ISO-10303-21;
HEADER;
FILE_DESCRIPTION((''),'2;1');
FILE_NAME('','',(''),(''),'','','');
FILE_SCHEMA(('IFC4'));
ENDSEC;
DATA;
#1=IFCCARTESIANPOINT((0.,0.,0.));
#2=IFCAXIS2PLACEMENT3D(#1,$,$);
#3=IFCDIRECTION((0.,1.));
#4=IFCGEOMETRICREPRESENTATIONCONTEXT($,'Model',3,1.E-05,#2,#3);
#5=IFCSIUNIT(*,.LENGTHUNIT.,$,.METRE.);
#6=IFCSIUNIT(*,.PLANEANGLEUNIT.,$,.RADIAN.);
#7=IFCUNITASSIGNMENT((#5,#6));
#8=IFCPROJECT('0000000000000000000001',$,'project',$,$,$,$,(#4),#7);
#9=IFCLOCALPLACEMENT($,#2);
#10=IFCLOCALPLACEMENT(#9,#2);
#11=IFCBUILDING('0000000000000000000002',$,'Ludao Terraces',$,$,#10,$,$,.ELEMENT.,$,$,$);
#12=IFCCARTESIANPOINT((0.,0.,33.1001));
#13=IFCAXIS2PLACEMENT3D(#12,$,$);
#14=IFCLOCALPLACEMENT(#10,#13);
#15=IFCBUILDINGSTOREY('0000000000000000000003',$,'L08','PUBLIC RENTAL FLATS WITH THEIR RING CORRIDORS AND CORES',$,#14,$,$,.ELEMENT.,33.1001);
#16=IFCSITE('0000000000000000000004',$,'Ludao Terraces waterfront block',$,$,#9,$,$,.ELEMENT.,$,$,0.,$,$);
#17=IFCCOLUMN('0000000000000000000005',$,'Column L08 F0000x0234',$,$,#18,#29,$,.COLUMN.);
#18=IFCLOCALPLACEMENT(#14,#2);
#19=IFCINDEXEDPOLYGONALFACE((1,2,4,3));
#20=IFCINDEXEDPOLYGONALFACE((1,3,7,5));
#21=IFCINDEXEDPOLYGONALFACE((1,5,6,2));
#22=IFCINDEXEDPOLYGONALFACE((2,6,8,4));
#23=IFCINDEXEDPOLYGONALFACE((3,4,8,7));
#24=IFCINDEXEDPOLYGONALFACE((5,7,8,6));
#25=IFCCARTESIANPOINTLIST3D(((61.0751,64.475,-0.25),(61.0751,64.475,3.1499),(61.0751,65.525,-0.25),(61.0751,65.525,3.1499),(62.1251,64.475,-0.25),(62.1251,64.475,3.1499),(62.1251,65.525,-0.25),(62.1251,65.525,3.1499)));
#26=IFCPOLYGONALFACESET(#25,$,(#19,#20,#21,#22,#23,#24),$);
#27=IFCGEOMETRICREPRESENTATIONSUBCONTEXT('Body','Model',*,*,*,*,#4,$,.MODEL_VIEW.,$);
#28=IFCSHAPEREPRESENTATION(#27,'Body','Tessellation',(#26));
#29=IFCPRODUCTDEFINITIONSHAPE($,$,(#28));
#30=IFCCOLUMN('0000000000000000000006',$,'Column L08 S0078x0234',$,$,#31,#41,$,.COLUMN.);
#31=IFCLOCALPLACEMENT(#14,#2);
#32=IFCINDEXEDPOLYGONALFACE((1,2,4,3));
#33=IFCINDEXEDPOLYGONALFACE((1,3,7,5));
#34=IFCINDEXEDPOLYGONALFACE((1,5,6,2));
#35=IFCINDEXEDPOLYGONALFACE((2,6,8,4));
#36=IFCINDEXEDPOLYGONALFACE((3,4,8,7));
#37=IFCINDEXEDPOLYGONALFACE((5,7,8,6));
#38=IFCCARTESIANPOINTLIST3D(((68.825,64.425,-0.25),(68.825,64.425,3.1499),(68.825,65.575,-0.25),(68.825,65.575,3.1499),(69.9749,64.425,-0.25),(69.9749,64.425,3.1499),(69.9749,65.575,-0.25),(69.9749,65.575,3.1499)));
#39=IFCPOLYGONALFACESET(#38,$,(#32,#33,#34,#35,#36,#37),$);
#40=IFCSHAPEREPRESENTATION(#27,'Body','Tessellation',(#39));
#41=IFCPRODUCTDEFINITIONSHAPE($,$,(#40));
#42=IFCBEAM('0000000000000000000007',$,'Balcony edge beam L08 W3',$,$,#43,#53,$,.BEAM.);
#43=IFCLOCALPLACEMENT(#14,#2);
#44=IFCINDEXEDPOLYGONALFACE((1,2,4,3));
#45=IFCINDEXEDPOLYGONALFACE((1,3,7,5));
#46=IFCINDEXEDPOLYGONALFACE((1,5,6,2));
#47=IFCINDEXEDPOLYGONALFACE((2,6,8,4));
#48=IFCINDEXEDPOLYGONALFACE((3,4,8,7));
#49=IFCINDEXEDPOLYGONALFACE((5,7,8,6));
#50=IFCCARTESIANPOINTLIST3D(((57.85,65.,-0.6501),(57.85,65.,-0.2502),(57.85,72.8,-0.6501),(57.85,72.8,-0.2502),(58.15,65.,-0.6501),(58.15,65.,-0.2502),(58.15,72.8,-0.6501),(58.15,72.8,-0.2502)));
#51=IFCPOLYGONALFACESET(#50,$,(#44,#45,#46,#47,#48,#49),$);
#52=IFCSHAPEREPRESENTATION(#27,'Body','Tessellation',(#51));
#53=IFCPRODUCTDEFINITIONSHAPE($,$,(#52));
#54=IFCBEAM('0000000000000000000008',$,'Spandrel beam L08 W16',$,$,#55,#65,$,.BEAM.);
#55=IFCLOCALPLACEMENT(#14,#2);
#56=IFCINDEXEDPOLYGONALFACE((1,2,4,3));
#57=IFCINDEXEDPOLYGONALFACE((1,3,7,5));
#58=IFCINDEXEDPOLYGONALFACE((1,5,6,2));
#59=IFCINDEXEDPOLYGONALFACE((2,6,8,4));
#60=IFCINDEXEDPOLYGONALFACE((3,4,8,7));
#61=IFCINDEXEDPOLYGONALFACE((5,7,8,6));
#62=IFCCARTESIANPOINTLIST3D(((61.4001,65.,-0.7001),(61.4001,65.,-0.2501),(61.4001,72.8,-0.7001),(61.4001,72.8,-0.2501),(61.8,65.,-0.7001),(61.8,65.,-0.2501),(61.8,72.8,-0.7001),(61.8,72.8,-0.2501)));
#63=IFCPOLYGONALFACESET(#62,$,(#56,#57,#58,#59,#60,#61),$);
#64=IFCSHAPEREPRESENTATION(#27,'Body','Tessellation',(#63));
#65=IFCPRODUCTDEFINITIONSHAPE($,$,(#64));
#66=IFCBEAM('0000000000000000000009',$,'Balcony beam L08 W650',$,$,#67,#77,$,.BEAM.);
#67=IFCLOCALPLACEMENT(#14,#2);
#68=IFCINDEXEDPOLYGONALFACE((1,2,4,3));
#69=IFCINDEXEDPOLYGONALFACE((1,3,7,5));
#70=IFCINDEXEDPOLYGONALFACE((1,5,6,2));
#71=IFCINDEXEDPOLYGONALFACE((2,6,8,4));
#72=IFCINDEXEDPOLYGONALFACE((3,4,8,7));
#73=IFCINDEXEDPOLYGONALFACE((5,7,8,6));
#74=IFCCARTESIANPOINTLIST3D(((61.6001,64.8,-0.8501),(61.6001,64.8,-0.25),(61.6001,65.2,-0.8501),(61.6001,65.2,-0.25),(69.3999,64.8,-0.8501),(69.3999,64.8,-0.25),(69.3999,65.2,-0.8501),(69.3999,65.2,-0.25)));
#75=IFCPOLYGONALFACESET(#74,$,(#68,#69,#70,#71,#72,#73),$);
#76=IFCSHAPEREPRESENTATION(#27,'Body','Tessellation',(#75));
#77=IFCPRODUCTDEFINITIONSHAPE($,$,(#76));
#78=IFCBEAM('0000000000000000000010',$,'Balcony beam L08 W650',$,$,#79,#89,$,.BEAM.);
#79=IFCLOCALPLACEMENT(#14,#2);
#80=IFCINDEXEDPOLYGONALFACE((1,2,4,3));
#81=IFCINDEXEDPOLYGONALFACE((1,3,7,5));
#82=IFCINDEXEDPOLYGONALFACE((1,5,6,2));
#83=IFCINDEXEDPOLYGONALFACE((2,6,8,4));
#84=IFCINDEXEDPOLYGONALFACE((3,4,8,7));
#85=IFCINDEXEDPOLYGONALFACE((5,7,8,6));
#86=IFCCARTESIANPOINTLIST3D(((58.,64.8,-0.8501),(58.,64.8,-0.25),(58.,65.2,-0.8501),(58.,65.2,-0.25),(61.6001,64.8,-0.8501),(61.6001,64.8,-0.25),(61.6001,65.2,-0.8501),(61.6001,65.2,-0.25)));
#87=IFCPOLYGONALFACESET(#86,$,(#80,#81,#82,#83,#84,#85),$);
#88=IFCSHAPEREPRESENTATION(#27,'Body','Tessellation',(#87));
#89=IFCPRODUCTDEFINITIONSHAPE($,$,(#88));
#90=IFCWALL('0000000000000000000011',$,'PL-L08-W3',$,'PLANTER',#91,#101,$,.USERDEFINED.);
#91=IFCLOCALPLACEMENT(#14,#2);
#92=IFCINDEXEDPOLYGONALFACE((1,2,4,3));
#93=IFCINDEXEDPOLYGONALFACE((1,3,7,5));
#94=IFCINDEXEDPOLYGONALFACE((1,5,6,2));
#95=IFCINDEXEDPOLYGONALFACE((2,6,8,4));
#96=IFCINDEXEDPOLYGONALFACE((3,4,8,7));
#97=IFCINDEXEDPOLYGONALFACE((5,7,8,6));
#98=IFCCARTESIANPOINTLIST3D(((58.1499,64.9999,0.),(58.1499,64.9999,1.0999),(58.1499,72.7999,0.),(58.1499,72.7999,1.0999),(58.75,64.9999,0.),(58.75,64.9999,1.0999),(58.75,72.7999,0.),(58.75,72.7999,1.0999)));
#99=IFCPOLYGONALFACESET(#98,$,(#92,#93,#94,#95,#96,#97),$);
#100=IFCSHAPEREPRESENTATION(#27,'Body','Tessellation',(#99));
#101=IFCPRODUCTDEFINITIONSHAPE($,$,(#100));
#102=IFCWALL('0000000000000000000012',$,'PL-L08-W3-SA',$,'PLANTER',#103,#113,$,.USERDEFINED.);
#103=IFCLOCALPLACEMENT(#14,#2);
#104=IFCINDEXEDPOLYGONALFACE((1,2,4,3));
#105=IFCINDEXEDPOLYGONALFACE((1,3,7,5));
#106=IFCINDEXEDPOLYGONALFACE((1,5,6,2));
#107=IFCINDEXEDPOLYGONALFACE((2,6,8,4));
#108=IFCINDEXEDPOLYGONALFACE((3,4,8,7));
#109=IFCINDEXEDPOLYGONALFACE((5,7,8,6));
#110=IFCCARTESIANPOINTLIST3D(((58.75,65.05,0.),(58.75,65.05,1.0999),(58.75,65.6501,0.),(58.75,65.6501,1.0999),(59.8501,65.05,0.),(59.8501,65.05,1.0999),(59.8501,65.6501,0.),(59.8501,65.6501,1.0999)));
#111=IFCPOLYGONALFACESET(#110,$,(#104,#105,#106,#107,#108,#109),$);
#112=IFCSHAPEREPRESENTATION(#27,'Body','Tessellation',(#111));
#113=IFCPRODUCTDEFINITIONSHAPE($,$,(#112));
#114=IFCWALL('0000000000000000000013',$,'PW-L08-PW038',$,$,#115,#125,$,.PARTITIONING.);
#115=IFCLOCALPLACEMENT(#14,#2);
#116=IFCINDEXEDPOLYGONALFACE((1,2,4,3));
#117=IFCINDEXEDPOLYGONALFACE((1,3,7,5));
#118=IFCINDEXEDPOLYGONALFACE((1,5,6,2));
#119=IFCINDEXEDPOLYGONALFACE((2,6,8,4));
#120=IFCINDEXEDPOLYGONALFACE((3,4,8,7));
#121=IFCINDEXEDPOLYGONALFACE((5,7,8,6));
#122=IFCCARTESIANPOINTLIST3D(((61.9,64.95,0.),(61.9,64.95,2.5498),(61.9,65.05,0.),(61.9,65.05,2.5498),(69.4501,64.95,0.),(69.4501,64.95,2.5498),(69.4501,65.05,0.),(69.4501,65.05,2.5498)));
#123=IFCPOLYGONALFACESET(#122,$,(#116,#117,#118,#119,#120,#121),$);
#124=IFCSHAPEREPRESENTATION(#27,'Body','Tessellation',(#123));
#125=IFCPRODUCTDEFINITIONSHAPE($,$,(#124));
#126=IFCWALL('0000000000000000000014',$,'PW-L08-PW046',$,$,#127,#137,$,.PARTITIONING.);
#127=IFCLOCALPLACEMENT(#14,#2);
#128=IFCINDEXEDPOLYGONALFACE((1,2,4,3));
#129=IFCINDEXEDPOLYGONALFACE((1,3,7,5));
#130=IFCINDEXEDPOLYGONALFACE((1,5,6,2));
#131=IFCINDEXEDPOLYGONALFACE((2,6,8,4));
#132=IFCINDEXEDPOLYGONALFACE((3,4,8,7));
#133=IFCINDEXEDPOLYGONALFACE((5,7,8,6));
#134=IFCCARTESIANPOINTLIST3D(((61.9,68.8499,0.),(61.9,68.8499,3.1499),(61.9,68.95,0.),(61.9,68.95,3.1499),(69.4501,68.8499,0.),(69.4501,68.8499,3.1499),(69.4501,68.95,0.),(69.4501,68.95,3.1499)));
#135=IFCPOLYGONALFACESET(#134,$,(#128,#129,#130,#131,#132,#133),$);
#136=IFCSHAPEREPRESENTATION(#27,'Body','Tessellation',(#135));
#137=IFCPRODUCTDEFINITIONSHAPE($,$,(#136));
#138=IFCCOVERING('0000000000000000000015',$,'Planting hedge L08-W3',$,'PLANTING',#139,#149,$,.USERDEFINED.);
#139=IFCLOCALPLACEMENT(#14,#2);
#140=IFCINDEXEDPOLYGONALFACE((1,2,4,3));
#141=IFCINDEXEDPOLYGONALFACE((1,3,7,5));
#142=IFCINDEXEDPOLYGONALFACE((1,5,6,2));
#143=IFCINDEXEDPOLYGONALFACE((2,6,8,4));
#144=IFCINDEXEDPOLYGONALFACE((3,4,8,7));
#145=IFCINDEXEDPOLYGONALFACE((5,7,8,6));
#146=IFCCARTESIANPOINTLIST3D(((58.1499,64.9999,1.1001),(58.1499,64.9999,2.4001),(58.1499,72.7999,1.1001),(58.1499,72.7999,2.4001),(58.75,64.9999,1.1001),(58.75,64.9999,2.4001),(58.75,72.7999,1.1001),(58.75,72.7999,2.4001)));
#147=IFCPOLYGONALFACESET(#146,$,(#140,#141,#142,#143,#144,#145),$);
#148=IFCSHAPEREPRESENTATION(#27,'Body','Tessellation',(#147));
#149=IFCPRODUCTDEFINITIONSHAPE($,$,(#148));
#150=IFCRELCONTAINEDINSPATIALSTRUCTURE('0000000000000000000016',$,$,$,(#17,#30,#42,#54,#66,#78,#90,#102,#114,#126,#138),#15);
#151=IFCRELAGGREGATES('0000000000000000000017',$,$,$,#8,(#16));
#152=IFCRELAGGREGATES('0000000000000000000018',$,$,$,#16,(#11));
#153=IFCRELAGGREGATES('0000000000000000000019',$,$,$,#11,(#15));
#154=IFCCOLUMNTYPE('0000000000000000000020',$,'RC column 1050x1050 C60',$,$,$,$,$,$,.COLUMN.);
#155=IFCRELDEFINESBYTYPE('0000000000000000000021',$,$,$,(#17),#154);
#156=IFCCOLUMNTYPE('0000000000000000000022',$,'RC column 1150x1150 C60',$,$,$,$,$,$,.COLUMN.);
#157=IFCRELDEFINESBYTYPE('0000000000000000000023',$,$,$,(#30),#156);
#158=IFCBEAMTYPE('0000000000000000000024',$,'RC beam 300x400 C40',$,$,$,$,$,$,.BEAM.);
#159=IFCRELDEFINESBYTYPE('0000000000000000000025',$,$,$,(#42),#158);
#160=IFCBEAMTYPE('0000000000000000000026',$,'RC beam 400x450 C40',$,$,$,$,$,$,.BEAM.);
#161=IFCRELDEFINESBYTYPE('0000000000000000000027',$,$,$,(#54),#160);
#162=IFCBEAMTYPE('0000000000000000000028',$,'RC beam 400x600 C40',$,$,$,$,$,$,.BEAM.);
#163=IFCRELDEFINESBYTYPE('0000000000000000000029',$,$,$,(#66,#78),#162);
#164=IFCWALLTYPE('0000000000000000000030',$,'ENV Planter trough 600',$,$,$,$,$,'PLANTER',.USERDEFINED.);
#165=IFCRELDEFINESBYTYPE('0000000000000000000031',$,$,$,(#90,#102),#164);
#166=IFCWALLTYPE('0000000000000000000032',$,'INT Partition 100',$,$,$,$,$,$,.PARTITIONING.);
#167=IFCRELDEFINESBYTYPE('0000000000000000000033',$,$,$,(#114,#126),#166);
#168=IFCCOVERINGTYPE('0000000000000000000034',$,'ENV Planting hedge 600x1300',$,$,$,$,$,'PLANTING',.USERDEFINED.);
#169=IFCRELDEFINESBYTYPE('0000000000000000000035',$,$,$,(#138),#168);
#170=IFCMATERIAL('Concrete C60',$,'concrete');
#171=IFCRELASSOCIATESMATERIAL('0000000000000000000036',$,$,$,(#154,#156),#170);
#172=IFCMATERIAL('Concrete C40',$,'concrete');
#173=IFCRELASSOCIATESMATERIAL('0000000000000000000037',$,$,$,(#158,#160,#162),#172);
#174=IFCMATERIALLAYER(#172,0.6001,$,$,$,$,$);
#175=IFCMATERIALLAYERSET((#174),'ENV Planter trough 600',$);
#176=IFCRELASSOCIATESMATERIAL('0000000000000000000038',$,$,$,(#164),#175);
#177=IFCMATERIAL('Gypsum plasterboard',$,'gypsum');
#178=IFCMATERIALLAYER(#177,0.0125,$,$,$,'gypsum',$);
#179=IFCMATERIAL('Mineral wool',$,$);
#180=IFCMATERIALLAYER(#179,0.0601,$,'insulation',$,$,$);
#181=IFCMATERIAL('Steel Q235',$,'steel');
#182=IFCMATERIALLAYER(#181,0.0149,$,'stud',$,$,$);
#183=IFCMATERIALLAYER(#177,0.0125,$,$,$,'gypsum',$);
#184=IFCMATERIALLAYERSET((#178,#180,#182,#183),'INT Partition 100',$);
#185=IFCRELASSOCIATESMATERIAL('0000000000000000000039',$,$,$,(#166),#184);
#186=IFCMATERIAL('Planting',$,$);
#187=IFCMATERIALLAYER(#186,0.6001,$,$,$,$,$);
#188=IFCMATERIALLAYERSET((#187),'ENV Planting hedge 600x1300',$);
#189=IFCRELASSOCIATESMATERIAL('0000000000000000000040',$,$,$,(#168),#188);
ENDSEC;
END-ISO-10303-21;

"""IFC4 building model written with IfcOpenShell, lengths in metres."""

from ifc_helpers import new_model, si_unit, direction, frame, frame_2d, origin, origin_2d, place, context, subcontext, project, spatial, rectangle, extrude, material, layer, layer_set, material_profile, profile_set, type_object, element, save


model = new_model("IFC4")

# Units and contexts
model_context = context("Model", 3, precision=1e-05, world=origin(), true_north=direction((0.0, 1.0)))
body_context = subcontext(model_context, "Body", "Model", "MODEL_VIEW")
ifc_project = project(units=[si_unit("LENGTHUNIT", "METRE"), si_unit("PLANEANGLEUNIT", "RADIAN")], contexts=[model_context])

# Site, building, storey
site_placement = place(None, origin())
site = spatial("IfcSite", under=ifc_project, at=site_placement, Name="Ludao Terraces waterfront block", CompositionType="ELEMENT", RefElevation=0.0)
building_placement = place(site_placement, origin())
building = spatial("IfcBuilding", under=site, at=building_placement, Name="Ludao Terraces", CompositionType="ELEMENT")
storey_placement = place(building_placement, frame((0.0, 0.0, 33.1001)))
storey = spatial("IfcBuildingStorey", under=building, at=storey_placement, Name="L08", Description="PUBLIC RENTAL FLATS WITH THEIR RING CORRIDORS AND CORES", CompositionType="ELEMENT", Elevation=33.1001)

# Columns
ifc_material_1 = material(Name="Concrete C60", Category="concrete")
ifc_material_profile_1 = material_profile(ifc_material_1, rectangle(XDim=1.05, YDim=1.05, at=origin_2d()), Name="1050 X 1050")
ifc_profile_set_1 = profile_set([ifc_material_profile_1], Name="Concrete C60")
column_type_1 = type_object("IfcColumnType", Name="RC column 1050x1050 C60", PredefinedType="COLUMN", material=ifc_profile_set_1)
column_1_placement = place(storey_placement, frame((61.6001, 65.0, -0.25), z_axis=(0.0, 0.0, 1.0), x_axis=(1.0, 0.0, 0.0)))
element("IfcColumn", 1, at=column_1_placement, inside=storey, type_object=column_type_1, Name="Column L08 F0000x0234", PredefinedType="COLUMN", context=body_context, shape_type="SweptSolid", body=[
    extrude(rectangle(XDim=1.05, YDim=1.05, at=origin_2d()), origin(), (0.0, 0.0, 1.0), 3.3999),
])
ifc_material_profile_2 = material_profile(ifc_material_1, rectangle(XDim=1.1499, YDim=1.1499, at=origin_2d()), Name="1150 X 1150")
ifc_profile_set_2 = profile_set([ifc_material_profile_2], Name="Concrete C60")
column_type_2 = type_object("IfcColumnType", Name="RC column 1150x1150 C60", PredefinedType="COLUMN", material=ifc_profile_set_2)
column_2_placement = place(storey_placement, frame((69.3999, 65.0, -0.25), z_axis=(0.0, 0.0, 1.0), x_axis=(1.0, 0.0, 0.0)))
element("IfcColumn", 2, at=column_2_placement, inside=storey, type_object=column_type_2, Name="Column L08 S0078x0234", PredefinedType="COLUMN", context=body_context, shape_type="SweptSolid", body=[
    extrude(rectangle(XDim=1.1499, YDim=1.1499, at=origin_2d()), origin(), (0.0, 0.0, 1.0), 3.3999),
])

# Beams
ifc_material_2 = material(Name="Concrete C40", Category="concrete")
ifc_material_profile_3 = material_profile(ifc_material_2, rectangle(XDim=0.3, YDim=0.3999, at=origin_2d()), Name="300 X 400")
ifc_profile_set_3 = profile_set([ifc_material_profile_3], Name="Concrete C40")
beam_type_1 = type_object("IfcBeamType", Name="RC beam 300x400 C40", PredefinedType="BEAM", material=ifc_profile_set_3)
beam_1_placement = place(storey_placement, frame((58.0, 65.0, -0.4502), z_axis=(0.0, 1.0, 0.0), x_axis=(-1.0, 0.0, 0.0)))
element("IfcBeam", 3, at=beam_1_placement, inside=storey, type_object=beam_type_1, Name="Balcony edge beam L08 W3", PredefinedType="BEAM", context=body_context, shape_type="SweptSolid", body=[
    extrude(rectangle(XDim=0.3, YDim=0.3999, at=origin_2d()), origin(), (0.0, 0.0, 1.0), 7.8),
])
ifc_material_profile_4 = material_profile(ifc_material_2, rectangle(XDim=0.3999, YDim=0.45, at=origin_2d()), Name="400 X 450")
ifc_profile_set_4 = profile_set([ifc_material_profile_4], Name="Concrete C40")
beam_type_2 = type_object("IfcBeamType", Name="RC beam 400x450 C40", PredefinedType="BEAM", material=ifc_profile_set_4)
beam_2_placement = place(storey_placement, frame((61.6001, 65.0, -0.4751), z_axis=(0.0, 1.0, 0.0), x_axis=(-1.0, 0.0, 0.0)))
element("IfcBeam", 4, at=beam_2_placement, inside=storey, type_object=beam_type_2, Name="Spandrel beam L08 W16", PredefinedType="BEAM", context=body_context, shape_type="SweptSolid", body=[
    extrude(rectangle(XDim=0.3999, YDim=0.45, at=origin_2d()), origin(), (0.0, 0.0, 1.0), 7.8),
])
ifc_material_profile_5 = material_profile(ifc_material_2, rectangle(XDim=0.3999, YDim=0.6001, at=origin_2d()), Name="400 X 600")
ifc_profile_set_5 = profile_set([ifc_material_profile_5], Name="Concrete C40")
beam_type_3 = type_object("IfcBeamType", Name="RC beam 400x600 C40", PredefinedType="BEAM", material=ifc_profile_set_5)
beam_3_placement = place(storey_placement, frame((69.3999, 65.0, -0.55), z_axis=(-1.0, 0.0, 0.0), x_axis=(0.0, -1.0, 0.0)))
element("IfcBeam", 5, at=beam_3_placement, inside=storey, type_object=beam_type_3, Name="Balcony beam L08 W650", PredefinedType="BEAM", context=body_context, shape_type="SweptSolid", body=[
    extrude(rectangle(XDim=0.3999, YDim=0.6001, at=origin_2d()), origin(), (0.0, 0.0, 1.0), 7.7998),
])
beam_4_placement = place(storey_placement, frame((61.6001, 65.0, -0.55), z_axis=(-1.0, 0.0, 0.0), x_axis=(0.0, -1.0, 0.0)))
element("IfcBeam", 6, at=beam_4_placement, inside=storey, type_object=beam_type_3, Name="Balcony beam L08 W650", PredefinedType="BEAM", context=body_context, shape_type="SweptSolid", body=[
    extrude(rectangle(XDim=0.3999, YDim=0.6001, at=origin_2d()), origin(), (0.0, 0.0, 1.0), 3.6001),
])

# Walls
ifc_layer_1 = layer(ifc_material_2, 0.6001)
ifc_layer_set_1 = layer_set([ifc_layer_1], Name="ENV Planter trough 600")
wall_type_1 = type_object("IfcWallType", Name="ENV Planter trough 600", ElementType="PLANTER", PredefinedType="USERDEFINED", material=ifc_layer_set_1)
wall_1_placement = place(storey_placement, frame((58.45, 65.0, 0.0), z_axis=(0.0, 0.0, 1.0), x_axis=(0.0, 1.0, 0.0)))
element("IfcWall", 7, at=wall_1_placement, inside=storey, type_object=wall_type_1, Name="PL-L08-W3", ObjectType="PLANTER", PredefinedType="USERDEFINED", context=body_context, shape_type="SweptSolid", body=[
    extrude(rectangle(XDim=7.8, YDim=0.6001, at=frame_2d((3.8999, 0.0))), origin(), (0.0, 0.0, 1.0), 1.0999),
])
wall_2_placement = place(storey_placement, frame((58.75, 65.3501, 0.0), z_axis=(0.0, 0.0, 1.0), x_axis=(1.0, 0.0, 0.0)))
element("IfcWall", 8, at=wall_2_placement, inside=storey, type_object=wall_type_1, Name="PL-L08-W3-SA", ObjectType="PLANTER", PredefinedType="USERDEFINED", context=body_context, shape_type="SweptSolid", body=[
    extrude(rectangle(XDim=1.1001, YDim=0.6001, at=frame_2d((0.55, 0.0))), origin(), (0.0, 0.0, 1.0), 1.0999),
])

# Shared definitions
ifc_material_3 = material(Name="Mineral wool")

# Walls
ifc_material_4 = material(Name="Gypsum plasterboard", Category="gypsum")
ifc_layer_2 = layer(ifc_material_4, 0.0125, Category="gypsum")
ifc_layer_3 = layer(ifc_material_3, 0.0601, Name="insulation")
ifc_material_5 = material(Name="Steel Q235", Category="steel")
ifc_layer_4 = layer(ifc_material_5, 0.0149, Name="stud")
ifc_layer_5 = layer(ifc_material_4, 0.0125, Category="gypsum")
ifc_layer_set_2 = layer_set([ifc_layer_2, ifc_layer_3, ifc_layer_4, ifc_layer_5], Name="INT Partition 100")
wall_type_2 = type_object("IfcWallType", Name="INT Partition 100", PredefinedType="PARTITIONING", material=ifc_layer_set_2)
wall_3_placement = place(storey_placement, frame((61.9001, 65.0, 0.0), z_axis=(0.0, 0.0, 1.0), x_axis=(1.0, 0.0, 0.0)))
element("IfcWall", 9, at=wall_3_placement, inside=storey, type_object=wall_type_2, Name="PW-L08-PW038", PredefinedType="PARTITIONING", context=body_context, shape_type="SweptSolid", body=[
    extrude(rectangle(XDim=7.55, YDim=0.1001, at=frame_2d((3.7749, 0.0))), origin(), (0.0, 0.0, 1.0), 2.5498),
])
wall_4_placement = place(storey_placement, frame((61.9001, 68.8999, 0.0), z_axis=(0.0, 0.0, 1.0), x_axis=(1.0, 0.0, 0.0)))
element("IfcWall", 10, at=wall_4_placement, inside=storey, type_object=wall_type_2, Name="PW-L08-PW046", PredefinedType="PARTITIONING", context=body_context, shape_type="SweptSolid", body=[
    extrude(rectangle(XDim=7.55, YDim=0.1001, at=frame_2d((3.7749, 0.0))), origin(), (0.0, 0.0, 1.0), 3.1499),
])

# Covering
ifc_material_6 = material(Name="Planting")
ifc_layer_6 = layer(ifc_material_6, 0.6001)
ifc_layer_set_3 = layer_set([ifc_layer_6], Name="ENV Planting hedge 600x1300")
covering_type = type_object("IfcCoveringType", Name="ENV Planting hedge 600x1300", ElementType="PLANTING", PredefinedType="USERDEFINED", material=ifc_layer_set_3)
covering_placement = place(storey_placement, frame((58.45, 68.8999, 1.1001), z_axis=(0.0, 0.0, 1.0), x_axis=(1.0, 0.0, 0.0)))
element("IfcCovering", 11, at=covering_placement, inside=storey, type_object=covering_type, Name="Planting hedge L08-W3", ObjectType="PLANTING", PredefinedType="USERDEFINED", context=body_context, shape_type="SweptSolid", body=[
    extrude(rectangle(XDim=0.6001, YDim=7.8, at=origin_2d()), origin(), (0.0, 0.0, 1.0), 1.3),
])

save(model, "model.ifc")
